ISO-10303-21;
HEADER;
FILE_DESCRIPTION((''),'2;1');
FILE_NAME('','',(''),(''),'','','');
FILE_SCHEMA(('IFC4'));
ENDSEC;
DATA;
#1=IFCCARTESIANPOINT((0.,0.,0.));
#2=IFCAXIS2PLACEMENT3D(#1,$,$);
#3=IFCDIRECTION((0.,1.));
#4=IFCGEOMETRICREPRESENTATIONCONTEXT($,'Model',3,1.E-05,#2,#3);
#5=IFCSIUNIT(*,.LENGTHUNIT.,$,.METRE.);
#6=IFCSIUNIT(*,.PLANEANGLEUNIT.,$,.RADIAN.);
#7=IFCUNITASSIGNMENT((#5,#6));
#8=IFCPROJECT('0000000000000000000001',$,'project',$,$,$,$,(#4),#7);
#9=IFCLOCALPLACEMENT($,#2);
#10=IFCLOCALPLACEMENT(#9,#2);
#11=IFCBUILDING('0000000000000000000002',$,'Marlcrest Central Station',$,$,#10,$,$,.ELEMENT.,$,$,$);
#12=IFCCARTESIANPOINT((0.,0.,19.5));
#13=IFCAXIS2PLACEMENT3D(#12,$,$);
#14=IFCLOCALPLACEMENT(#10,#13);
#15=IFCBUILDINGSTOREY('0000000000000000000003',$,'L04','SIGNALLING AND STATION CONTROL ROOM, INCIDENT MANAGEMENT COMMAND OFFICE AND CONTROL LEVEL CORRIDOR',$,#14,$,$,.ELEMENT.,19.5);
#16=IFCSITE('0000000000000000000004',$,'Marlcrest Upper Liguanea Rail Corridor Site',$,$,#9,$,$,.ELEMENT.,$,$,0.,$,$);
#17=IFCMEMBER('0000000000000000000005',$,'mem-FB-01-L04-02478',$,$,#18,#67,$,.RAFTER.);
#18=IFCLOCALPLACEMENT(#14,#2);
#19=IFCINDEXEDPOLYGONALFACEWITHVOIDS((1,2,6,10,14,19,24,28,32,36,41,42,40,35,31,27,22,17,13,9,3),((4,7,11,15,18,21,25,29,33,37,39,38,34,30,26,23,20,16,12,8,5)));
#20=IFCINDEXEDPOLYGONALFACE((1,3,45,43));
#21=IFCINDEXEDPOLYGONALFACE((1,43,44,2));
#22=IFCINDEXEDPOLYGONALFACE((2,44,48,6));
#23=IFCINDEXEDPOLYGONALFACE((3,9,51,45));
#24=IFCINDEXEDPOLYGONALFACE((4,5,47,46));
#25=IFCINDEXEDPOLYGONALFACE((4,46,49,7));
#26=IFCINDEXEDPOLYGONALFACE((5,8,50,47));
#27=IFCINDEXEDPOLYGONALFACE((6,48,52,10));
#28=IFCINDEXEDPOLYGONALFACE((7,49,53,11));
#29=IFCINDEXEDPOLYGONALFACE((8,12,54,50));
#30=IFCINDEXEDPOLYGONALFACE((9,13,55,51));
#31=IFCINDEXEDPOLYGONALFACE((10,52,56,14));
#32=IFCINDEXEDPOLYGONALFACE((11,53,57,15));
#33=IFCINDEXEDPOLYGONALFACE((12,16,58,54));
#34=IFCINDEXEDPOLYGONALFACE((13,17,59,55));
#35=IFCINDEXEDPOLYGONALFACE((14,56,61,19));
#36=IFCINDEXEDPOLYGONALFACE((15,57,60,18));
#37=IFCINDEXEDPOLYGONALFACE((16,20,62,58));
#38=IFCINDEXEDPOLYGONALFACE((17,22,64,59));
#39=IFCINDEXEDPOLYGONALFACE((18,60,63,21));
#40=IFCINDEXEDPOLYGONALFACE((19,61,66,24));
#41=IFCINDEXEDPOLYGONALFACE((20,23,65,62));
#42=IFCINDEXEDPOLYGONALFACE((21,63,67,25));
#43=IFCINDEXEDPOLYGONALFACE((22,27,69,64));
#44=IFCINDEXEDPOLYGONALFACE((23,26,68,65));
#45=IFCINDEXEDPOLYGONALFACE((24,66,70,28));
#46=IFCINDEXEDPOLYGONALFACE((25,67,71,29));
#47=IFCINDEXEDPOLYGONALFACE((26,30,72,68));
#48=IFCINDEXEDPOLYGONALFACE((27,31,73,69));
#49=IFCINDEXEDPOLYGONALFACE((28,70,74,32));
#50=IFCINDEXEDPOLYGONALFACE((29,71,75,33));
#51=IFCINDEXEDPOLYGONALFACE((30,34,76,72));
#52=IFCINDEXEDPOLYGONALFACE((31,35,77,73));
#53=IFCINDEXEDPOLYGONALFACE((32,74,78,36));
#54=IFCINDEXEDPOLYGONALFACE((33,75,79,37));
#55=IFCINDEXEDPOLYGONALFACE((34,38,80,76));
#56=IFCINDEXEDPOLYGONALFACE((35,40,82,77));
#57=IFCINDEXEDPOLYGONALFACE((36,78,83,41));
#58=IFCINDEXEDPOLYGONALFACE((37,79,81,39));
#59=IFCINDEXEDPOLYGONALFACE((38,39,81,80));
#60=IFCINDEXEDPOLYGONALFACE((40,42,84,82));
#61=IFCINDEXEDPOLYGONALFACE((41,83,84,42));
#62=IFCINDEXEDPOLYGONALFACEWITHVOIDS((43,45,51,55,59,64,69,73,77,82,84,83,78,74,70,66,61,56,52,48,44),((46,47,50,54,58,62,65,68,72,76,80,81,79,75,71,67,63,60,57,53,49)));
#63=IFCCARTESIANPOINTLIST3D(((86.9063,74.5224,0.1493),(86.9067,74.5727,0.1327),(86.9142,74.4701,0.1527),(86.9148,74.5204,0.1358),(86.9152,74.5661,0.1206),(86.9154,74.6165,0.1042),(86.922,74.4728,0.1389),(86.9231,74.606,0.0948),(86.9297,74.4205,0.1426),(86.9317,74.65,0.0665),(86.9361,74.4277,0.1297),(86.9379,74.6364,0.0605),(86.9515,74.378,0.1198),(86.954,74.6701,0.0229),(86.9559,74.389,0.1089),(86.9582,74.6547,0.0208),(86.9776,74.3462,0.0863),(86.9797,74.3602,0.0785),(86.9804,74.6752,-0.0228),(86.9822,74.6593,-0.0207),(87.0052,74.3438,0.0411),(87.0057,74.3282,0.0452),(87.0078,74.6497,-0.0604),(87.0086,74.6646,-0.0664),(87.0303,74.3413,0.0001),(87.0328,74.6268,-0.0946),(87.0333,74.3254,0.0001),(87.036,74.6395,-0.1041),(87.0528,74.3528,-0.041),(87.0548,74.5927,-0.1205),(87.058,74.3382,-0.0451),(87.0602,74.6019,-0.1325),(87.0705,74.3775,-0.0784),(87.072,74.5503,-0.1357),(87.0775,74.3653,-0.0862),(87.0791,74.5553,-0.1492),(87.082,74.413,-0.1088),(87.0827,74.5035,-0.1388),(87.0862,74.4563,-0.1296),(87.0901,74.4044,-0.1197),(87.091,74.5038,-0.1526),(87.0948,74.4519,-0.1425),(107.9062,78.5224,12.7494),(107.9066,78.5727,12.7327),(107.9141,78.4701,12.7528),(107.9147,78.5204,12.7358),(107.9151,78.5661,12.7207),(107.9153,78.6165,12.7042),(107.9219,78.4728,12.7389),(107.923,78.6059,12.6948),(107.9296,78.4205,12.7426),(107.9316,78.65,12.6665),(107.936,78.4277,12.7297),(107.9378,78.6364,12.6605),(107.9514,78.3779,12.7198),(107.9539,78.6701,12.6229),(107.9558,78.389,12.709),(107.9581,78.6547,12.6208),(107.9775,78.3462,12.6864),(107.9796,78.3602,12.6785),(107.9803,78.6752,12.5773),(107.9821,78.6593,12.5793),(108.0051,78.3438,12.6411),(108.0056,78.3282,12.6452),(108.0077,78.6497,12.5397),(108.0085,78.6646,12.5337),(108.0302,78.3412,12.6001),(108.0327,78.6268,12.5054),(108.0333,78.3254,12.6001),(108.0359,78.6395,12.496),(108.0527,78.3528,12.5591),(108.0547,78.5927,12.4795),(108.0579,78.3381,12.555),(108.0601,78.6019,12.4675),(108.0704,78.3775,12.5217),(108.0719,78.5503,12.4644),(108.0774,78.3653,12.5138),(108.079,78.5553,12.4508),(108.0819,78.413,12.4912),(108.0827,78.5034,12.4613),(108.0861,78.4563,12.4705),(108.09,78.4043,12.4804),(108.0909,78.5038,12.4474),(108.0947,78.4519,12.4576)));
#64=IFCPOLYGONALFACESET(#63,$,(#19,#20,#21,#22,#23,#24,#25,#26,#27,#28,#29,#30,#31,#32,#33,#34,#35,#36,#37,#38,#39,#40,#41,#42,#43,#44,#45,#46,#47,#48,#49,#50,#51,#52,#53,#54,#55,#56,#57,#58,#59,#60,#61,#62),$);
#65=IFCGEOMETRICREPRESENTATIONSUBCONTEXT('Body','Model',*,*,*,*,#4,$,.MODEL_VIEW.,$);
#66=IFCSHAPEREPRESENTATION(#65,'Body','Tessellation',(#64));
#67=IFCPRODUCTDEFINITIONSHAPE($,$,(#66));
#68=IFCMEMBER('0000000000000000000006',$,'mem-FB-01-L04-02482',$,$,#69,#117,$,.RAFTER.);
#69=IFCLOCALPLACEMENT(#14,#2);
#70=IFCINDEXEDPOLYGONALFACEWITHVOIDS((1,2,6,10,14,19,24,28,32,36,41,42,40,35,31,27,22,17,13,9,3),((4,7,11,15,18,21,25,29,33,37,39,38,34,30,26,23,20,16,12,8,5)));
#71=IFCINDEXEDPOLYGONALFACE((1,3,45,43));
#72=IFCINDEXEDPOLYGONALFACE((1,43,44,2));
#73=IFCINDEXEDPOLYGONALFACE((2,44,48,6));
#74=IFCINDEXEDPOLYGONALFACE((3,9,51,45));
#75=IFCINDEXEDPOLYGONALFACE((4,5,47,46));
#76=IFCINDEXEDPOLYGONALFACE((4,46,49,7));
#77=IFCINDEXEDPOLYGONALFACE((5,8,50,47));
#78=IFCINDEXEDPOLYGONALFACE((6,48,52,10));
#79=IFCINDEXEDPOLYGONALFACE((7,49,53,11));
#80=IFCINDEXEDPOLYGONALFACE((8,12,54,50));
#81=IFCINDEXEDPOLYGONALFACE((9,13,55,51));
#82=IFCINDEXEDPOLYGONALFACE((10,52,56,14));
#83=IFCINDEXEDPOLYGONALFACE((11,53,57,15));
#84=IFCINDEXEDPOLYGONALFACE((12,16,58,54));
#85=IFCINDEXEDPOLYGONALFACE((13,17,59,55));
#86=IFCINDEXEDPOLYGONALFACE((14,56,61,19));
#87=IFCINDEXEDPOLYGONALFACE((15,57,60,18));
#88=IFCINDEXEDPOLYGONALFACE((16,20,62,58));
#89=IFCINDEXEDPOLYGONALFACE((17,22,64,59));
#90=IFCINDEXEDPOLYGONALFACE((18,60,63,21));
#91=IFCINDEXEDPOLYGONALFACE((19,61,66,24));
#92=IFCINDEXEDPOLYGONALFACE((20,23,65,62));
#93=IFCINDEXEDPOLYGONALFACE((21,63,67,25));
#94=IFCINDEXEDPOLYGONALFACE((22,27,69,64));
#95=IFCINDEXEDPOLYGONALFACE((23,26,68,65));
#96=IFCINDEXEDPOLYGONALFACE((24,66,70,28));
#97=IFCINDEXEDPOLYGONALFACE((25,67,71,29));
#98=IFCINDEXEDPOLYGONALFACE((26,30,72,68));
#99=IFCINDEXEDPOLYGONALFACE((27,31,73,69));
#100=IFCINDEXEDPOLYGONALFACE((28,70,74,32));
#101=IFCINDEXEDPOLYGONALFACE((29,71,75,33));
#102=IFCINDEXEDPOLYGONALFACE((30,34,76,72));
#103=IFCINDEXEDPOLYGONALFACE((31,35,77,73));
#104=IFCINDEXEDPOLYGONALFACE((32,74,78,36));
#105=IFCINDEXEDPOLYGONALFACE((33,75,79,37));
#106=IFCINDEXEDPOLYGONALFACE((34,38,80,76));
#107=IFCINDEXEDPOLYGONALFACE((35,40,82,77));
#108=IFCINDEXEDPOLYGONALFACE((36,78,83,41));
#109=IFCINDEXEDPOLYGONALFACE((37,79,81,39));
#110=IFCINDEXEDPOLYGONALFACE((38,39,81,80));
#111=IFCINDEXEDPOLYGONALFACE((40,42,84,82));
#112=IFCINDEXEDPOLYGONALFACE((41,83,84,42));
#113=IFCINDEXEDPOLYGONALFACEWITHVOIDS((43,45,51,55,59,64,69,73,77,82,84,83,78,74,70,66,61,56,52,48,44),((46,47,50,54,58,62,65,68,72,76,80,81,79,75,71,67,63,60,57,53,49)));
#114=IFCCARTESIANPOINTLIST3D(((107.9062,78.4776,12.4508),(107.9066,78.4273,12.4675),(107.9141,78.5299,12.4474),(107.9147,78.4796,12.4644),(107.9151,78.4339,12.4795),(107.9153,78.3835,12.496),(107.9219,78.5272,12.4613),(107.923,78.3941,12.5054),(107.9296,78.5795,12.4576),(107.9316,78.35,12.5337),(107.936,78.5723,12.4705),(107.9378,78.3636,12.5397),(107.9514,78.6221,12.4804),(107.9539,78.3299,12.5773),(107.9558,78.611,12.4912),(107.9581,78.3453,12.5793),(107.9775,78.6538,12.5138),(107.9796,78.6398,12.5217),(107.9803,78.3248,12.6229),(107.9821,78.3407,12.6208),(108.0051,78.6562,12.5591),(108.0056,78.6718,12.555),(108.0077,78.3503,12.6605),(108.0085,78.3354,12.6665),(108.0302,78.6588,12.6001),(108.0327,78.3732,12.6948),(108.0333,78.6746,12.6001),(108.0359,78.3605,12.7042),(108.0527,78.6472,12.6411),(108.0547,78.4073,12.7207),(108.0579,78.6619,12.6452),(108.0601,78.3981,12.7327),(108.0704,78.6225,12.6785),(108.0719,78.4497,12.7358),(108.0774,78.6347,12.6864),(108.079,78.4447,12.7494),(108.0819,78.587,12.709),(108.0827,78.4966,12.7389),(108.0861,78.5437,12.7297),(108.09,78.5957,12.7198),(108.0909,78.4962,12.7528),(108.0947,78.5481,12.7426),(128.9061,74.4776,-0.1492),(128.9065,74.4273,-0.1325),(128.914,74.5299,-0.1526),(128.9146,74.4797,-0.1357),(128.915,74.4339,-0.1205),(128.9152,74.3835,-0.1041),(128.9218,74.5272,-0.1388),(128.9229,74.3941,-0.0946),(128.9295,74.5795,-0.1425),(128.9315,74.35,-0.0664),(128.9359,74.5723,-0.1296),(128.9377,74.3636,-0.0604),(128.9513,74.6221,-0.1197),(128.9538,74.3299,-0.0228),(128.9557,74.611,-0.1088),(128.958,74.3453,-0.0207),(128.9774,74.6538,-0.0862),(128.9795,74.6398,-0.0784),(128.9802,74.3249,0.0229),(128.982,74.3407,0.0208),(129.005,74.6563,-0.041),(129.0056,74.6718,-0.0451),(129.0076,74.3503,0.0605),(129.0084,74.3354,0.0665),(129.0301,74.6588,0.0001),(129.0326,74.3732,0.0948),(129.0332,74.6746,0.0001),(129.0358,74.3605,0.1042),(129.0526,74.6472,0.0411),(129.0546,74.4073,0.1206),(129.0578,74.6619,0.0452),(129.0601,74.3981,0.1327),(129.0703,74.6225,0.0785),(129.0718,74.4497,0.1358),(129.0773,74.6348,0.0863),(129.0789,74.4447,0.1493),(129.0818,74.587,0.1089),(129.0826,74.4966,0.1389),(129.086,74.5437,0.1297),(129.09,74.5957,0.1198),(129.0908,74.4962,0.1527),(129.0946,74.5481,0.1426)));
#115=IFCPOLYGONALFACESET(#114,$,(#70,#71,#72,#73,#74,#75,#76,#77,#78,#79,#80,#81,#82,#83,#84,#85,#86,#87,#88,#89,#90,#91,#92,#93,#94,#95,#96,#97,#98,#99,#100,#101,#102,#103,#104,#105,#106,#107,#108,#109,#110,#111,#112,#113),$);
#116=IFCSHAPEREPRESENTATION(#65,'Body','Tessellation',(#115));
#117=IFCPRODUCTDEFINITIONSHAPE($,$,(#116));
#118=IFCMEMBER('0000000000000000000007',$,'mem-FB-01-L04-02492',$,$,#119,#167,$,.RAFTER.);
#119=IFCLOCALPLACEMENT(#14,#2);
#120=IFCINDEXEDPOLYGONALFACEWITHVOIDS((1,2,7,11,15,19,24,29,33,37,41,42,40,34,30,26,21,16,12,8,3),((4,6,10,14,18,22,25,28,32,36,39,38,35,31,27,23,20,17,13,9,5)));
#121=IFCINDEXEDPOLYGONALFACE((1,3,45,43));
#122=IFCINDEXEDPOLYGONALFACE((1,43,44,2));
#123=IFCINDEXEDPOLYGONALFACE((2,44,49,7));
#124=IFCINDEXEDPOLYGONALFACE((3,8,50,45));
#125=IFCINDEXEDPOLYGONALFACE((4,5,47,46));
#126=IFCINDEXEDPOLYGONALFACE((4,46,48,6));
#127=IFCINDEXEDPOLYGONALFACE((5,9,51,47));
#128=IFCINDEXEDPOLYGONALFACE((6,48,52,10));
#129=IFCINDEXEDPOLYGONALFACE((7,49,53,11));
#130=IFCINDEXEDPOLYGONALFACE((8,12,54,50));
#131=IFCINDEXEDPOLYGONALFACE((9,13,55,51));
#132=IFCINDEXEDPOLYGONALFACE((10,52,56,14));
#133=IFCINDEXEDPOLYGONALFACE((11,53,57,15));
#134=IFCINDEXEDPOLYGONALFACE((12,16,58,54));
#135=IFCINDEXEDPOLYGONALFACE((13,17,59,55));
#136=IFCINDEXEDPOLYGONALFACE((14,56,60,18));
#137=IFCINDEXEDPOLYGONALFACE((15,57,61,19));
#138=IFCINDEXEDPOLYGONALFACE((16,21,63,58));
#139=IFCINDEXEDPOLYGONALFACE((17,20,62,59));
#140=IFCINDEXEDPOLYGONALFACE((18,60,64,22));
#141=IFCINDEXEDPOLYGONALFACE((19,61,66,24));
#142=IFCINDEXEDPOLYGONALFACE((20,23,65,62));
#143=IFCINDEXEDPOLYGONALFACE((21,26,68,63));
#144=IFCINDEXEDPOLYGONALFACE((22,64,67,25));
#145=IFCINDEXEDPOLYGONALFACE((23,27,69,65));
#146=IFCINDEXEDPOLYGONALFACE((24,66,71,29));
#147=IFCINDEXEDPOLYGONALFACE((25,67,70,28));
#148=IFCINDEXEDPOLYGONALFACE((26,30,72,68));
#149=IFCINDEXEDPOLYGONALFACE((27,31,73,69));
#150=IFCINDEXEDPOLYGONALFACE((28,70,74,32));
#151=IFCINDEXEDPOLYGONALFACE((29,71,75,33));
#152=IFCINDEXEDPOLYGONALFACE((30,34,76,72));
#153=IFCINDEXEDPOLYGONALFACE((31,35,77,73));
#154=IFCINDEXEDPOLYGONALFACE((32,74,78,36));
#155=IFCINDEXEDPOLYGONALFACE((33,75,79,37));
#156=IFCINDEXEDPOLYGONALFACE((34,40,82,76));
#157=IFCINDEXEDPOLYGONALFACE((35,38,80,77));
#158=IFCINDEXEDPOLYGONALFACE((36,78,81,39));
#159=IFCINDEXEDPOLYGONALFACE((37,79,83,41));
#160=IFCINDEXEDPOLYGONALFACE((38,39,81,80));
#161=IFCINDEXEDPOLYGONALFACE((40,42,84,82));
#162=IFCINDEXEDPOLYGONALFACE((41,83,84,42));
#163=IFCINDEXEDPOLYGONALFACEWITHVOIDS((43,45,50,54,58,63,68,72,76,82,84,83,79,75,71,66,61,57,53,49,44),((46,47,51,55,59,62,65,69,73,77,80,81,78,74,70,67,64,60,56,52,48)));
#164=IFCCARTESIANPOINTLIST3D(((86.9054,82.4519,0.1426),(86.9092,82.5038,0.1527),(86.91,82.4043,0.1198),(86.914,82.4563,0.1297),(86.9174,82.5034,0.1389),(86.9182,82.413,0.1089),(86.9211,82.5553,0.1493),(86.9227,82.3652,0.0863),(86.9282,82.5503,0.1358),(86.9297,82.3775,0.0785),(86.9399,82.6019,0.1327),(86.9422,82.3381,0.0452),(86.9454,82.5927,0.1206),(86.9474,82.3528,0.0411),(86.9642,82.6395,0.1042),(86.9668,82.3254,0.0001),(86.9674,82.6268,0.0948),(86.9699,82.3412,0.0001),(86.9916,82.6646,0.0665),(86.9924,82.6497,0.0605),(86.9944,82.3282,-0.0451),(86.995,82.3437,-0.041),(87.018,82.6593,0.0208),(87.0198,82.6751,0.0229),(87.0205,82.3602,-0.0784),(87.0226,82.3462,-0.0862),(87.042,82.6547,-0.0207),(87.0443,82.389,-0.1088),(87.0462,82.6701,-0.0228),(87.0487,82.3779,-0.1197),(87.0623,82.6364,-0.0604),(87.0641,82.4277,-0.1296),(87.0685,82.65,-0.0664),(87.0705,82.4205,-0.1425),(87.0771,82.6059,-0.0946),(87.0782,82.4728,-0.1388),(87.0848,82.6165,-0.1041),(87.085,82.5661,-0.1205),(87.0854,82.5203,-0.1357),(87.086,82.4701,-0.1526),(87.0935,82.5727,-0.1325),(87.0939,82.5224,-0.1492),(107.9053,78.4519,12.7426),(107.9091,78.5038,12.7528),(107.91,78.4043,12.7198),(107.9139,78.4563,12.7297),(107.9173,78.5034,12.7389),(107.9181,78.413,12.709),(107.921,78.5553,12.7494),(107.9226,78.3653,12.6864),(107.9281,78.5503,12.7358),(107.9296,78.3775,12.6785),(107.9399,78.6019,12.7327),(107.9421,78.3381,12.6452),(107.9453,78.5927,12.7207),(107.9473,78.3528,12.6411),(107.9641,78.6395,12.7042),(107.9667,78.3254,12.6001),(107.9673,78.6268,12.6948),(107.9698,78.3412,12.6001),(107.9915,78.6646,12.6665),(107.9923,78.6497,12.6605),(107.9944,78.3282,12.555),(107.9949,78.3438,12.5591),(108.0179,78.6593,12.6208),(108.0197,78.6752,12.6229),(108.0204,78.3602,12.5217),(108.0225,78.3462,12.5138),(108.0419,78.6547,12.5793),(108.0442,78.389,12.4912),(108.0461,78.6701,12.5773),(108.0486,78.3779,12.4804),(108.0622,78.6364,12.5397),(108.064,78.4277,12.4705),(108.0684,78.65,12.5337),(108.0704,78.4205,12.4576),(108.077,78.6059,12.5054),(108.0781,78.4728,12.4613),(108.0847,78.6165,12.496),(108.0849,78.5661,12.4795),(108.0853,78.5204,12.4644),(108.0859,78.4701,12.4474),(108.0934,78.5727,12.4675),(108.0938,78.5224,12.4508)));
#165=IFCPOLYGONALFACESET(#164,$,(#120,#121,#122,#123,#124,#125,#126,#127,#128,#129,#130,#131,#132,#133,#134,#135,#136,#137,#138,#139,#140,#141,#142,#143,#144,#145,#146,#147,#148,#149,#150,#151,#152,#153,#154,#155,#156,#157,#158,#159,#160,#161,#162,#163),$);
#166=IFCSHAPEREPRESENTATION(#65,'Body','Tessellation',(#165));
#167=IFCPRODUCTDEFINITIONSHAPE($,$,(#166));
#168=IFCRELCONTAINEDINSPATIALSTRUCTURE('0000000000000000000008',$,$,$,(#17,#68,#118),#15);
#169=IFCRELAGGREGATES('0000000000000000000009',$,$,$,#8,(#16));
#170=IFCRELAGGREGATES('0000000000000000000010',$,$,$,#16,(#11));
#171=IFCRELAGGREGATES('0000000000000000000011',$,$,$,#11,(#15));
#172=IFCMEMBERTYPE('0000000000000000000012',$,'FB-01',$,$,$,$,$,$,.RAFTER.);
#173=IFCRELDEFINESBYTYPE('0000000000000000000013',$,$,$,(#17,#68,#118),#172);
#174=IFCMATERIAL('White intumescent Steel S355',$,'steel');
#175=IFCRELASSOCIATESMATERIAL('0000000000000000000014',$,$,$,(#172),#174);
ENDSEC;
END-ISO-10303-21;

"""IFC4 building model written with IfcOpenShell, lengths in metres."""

from ifc_helpers import new_model, si_unit, direction, frame, origin, origin_2d, place, context, subcontext, project, spatial, hollow_circle, extrude, material, material_profile, profile_set, type_object, element, save


model = new_model("IFC4")

# Units and contexts
model_context = context("Model", 3, precision=1e-05, world=origin(), true_north=direction((0.0, 1.0)))
body_context = subcontext(model_context, "Body", "Model", "MODEL_VIEW")
ifc_project = project(units=[si_unit("LENGTHUNIT", "METRE"), si_unit("PLANEANGLEUNIT", "RADIAN")], contexts=[model_context])

# Site, building, storey
site_placement = place(None, origin())
site = spatial("IfcSite", under=ifc_project, at=site_placement, Name="Marlcrest Upper Liguanea Rail Corridor Site", CompositionType="ELEMENT", RefElevation=0.0)
building_placement = place(site_placement, origin())
building = spatial("IfcBuilding", under=site, at=building_placement, Name="Marlcrest Central Station", CompositionType="ELEMENT")
storey_placement = place(building_placement, frame((0.0, 0.0, 19.5)))
storey = spatial("IfcBuildingStorey", under=building, at=storey_placement, Name="L04", Description="SIGNALLING AND STATION CONTROL ROOM, INCIDENT MANAGEMENT COMMAND OFFICE AND CONTROL LEVEL CORRIDOR", CompositionType="ELEMENT", Elevation=19.5)

# Members
ifc_material_1 = material(Name="White intumescent Steel S355", Category="steel")
ifc_material_profile_1 = material_profile(ifc_material_1, hollow_circle(Radius=0.1777, WallThickness=0.0161, at=origin_2d()), Name="CHS 355.6x16")
ifc_profile_set_1 = profile_set([ifc_material_profile_1], Name="White intumescent Steel S355")
member_type_1 = type_object("IfcMemberType", Name="FB-01", PredefinedType="RAFTER", material=ifc_profile_set_1)
for number, where, z_axis, x_axis, name in (
    (1, (108.0, 78.5, 12.6001), (-0.846277, -0.161196, -0.50777), (0.187112, -0.982339, 0.0), "mem-FB-01-L04-02478"),
    (2, (108.0, 78.5, 12.6001), (0.846277, -0.161196, -0.50777), (0.187112, 0.982339, 0.0), "mem-FB-01-L04-02482"),
    (3, (108.0, 78.5, 12.6001), (-0.846277, 0.161196, -0.50777), (-0.187112, -0.982339, 0.0), "mem-FB-01-L04-02492"),
):
    element("IfcMember", number, at=place(storey_placement, frame(where, z_axis=z_axis, x_axis=x_axis)), inside=storey, type_object=member_type_1, Name=name, PredefinedType="RAFTER", context=body_context, shape_type="SweptSolid", body=[
        extrude(hollow_circle(Radius=0.1777, WallThickness=0.0161, at=origin_2d()), origin(), (0.0, 0.0, 1.0), 24.8145),
    ])

save(model, "model.ifc")
